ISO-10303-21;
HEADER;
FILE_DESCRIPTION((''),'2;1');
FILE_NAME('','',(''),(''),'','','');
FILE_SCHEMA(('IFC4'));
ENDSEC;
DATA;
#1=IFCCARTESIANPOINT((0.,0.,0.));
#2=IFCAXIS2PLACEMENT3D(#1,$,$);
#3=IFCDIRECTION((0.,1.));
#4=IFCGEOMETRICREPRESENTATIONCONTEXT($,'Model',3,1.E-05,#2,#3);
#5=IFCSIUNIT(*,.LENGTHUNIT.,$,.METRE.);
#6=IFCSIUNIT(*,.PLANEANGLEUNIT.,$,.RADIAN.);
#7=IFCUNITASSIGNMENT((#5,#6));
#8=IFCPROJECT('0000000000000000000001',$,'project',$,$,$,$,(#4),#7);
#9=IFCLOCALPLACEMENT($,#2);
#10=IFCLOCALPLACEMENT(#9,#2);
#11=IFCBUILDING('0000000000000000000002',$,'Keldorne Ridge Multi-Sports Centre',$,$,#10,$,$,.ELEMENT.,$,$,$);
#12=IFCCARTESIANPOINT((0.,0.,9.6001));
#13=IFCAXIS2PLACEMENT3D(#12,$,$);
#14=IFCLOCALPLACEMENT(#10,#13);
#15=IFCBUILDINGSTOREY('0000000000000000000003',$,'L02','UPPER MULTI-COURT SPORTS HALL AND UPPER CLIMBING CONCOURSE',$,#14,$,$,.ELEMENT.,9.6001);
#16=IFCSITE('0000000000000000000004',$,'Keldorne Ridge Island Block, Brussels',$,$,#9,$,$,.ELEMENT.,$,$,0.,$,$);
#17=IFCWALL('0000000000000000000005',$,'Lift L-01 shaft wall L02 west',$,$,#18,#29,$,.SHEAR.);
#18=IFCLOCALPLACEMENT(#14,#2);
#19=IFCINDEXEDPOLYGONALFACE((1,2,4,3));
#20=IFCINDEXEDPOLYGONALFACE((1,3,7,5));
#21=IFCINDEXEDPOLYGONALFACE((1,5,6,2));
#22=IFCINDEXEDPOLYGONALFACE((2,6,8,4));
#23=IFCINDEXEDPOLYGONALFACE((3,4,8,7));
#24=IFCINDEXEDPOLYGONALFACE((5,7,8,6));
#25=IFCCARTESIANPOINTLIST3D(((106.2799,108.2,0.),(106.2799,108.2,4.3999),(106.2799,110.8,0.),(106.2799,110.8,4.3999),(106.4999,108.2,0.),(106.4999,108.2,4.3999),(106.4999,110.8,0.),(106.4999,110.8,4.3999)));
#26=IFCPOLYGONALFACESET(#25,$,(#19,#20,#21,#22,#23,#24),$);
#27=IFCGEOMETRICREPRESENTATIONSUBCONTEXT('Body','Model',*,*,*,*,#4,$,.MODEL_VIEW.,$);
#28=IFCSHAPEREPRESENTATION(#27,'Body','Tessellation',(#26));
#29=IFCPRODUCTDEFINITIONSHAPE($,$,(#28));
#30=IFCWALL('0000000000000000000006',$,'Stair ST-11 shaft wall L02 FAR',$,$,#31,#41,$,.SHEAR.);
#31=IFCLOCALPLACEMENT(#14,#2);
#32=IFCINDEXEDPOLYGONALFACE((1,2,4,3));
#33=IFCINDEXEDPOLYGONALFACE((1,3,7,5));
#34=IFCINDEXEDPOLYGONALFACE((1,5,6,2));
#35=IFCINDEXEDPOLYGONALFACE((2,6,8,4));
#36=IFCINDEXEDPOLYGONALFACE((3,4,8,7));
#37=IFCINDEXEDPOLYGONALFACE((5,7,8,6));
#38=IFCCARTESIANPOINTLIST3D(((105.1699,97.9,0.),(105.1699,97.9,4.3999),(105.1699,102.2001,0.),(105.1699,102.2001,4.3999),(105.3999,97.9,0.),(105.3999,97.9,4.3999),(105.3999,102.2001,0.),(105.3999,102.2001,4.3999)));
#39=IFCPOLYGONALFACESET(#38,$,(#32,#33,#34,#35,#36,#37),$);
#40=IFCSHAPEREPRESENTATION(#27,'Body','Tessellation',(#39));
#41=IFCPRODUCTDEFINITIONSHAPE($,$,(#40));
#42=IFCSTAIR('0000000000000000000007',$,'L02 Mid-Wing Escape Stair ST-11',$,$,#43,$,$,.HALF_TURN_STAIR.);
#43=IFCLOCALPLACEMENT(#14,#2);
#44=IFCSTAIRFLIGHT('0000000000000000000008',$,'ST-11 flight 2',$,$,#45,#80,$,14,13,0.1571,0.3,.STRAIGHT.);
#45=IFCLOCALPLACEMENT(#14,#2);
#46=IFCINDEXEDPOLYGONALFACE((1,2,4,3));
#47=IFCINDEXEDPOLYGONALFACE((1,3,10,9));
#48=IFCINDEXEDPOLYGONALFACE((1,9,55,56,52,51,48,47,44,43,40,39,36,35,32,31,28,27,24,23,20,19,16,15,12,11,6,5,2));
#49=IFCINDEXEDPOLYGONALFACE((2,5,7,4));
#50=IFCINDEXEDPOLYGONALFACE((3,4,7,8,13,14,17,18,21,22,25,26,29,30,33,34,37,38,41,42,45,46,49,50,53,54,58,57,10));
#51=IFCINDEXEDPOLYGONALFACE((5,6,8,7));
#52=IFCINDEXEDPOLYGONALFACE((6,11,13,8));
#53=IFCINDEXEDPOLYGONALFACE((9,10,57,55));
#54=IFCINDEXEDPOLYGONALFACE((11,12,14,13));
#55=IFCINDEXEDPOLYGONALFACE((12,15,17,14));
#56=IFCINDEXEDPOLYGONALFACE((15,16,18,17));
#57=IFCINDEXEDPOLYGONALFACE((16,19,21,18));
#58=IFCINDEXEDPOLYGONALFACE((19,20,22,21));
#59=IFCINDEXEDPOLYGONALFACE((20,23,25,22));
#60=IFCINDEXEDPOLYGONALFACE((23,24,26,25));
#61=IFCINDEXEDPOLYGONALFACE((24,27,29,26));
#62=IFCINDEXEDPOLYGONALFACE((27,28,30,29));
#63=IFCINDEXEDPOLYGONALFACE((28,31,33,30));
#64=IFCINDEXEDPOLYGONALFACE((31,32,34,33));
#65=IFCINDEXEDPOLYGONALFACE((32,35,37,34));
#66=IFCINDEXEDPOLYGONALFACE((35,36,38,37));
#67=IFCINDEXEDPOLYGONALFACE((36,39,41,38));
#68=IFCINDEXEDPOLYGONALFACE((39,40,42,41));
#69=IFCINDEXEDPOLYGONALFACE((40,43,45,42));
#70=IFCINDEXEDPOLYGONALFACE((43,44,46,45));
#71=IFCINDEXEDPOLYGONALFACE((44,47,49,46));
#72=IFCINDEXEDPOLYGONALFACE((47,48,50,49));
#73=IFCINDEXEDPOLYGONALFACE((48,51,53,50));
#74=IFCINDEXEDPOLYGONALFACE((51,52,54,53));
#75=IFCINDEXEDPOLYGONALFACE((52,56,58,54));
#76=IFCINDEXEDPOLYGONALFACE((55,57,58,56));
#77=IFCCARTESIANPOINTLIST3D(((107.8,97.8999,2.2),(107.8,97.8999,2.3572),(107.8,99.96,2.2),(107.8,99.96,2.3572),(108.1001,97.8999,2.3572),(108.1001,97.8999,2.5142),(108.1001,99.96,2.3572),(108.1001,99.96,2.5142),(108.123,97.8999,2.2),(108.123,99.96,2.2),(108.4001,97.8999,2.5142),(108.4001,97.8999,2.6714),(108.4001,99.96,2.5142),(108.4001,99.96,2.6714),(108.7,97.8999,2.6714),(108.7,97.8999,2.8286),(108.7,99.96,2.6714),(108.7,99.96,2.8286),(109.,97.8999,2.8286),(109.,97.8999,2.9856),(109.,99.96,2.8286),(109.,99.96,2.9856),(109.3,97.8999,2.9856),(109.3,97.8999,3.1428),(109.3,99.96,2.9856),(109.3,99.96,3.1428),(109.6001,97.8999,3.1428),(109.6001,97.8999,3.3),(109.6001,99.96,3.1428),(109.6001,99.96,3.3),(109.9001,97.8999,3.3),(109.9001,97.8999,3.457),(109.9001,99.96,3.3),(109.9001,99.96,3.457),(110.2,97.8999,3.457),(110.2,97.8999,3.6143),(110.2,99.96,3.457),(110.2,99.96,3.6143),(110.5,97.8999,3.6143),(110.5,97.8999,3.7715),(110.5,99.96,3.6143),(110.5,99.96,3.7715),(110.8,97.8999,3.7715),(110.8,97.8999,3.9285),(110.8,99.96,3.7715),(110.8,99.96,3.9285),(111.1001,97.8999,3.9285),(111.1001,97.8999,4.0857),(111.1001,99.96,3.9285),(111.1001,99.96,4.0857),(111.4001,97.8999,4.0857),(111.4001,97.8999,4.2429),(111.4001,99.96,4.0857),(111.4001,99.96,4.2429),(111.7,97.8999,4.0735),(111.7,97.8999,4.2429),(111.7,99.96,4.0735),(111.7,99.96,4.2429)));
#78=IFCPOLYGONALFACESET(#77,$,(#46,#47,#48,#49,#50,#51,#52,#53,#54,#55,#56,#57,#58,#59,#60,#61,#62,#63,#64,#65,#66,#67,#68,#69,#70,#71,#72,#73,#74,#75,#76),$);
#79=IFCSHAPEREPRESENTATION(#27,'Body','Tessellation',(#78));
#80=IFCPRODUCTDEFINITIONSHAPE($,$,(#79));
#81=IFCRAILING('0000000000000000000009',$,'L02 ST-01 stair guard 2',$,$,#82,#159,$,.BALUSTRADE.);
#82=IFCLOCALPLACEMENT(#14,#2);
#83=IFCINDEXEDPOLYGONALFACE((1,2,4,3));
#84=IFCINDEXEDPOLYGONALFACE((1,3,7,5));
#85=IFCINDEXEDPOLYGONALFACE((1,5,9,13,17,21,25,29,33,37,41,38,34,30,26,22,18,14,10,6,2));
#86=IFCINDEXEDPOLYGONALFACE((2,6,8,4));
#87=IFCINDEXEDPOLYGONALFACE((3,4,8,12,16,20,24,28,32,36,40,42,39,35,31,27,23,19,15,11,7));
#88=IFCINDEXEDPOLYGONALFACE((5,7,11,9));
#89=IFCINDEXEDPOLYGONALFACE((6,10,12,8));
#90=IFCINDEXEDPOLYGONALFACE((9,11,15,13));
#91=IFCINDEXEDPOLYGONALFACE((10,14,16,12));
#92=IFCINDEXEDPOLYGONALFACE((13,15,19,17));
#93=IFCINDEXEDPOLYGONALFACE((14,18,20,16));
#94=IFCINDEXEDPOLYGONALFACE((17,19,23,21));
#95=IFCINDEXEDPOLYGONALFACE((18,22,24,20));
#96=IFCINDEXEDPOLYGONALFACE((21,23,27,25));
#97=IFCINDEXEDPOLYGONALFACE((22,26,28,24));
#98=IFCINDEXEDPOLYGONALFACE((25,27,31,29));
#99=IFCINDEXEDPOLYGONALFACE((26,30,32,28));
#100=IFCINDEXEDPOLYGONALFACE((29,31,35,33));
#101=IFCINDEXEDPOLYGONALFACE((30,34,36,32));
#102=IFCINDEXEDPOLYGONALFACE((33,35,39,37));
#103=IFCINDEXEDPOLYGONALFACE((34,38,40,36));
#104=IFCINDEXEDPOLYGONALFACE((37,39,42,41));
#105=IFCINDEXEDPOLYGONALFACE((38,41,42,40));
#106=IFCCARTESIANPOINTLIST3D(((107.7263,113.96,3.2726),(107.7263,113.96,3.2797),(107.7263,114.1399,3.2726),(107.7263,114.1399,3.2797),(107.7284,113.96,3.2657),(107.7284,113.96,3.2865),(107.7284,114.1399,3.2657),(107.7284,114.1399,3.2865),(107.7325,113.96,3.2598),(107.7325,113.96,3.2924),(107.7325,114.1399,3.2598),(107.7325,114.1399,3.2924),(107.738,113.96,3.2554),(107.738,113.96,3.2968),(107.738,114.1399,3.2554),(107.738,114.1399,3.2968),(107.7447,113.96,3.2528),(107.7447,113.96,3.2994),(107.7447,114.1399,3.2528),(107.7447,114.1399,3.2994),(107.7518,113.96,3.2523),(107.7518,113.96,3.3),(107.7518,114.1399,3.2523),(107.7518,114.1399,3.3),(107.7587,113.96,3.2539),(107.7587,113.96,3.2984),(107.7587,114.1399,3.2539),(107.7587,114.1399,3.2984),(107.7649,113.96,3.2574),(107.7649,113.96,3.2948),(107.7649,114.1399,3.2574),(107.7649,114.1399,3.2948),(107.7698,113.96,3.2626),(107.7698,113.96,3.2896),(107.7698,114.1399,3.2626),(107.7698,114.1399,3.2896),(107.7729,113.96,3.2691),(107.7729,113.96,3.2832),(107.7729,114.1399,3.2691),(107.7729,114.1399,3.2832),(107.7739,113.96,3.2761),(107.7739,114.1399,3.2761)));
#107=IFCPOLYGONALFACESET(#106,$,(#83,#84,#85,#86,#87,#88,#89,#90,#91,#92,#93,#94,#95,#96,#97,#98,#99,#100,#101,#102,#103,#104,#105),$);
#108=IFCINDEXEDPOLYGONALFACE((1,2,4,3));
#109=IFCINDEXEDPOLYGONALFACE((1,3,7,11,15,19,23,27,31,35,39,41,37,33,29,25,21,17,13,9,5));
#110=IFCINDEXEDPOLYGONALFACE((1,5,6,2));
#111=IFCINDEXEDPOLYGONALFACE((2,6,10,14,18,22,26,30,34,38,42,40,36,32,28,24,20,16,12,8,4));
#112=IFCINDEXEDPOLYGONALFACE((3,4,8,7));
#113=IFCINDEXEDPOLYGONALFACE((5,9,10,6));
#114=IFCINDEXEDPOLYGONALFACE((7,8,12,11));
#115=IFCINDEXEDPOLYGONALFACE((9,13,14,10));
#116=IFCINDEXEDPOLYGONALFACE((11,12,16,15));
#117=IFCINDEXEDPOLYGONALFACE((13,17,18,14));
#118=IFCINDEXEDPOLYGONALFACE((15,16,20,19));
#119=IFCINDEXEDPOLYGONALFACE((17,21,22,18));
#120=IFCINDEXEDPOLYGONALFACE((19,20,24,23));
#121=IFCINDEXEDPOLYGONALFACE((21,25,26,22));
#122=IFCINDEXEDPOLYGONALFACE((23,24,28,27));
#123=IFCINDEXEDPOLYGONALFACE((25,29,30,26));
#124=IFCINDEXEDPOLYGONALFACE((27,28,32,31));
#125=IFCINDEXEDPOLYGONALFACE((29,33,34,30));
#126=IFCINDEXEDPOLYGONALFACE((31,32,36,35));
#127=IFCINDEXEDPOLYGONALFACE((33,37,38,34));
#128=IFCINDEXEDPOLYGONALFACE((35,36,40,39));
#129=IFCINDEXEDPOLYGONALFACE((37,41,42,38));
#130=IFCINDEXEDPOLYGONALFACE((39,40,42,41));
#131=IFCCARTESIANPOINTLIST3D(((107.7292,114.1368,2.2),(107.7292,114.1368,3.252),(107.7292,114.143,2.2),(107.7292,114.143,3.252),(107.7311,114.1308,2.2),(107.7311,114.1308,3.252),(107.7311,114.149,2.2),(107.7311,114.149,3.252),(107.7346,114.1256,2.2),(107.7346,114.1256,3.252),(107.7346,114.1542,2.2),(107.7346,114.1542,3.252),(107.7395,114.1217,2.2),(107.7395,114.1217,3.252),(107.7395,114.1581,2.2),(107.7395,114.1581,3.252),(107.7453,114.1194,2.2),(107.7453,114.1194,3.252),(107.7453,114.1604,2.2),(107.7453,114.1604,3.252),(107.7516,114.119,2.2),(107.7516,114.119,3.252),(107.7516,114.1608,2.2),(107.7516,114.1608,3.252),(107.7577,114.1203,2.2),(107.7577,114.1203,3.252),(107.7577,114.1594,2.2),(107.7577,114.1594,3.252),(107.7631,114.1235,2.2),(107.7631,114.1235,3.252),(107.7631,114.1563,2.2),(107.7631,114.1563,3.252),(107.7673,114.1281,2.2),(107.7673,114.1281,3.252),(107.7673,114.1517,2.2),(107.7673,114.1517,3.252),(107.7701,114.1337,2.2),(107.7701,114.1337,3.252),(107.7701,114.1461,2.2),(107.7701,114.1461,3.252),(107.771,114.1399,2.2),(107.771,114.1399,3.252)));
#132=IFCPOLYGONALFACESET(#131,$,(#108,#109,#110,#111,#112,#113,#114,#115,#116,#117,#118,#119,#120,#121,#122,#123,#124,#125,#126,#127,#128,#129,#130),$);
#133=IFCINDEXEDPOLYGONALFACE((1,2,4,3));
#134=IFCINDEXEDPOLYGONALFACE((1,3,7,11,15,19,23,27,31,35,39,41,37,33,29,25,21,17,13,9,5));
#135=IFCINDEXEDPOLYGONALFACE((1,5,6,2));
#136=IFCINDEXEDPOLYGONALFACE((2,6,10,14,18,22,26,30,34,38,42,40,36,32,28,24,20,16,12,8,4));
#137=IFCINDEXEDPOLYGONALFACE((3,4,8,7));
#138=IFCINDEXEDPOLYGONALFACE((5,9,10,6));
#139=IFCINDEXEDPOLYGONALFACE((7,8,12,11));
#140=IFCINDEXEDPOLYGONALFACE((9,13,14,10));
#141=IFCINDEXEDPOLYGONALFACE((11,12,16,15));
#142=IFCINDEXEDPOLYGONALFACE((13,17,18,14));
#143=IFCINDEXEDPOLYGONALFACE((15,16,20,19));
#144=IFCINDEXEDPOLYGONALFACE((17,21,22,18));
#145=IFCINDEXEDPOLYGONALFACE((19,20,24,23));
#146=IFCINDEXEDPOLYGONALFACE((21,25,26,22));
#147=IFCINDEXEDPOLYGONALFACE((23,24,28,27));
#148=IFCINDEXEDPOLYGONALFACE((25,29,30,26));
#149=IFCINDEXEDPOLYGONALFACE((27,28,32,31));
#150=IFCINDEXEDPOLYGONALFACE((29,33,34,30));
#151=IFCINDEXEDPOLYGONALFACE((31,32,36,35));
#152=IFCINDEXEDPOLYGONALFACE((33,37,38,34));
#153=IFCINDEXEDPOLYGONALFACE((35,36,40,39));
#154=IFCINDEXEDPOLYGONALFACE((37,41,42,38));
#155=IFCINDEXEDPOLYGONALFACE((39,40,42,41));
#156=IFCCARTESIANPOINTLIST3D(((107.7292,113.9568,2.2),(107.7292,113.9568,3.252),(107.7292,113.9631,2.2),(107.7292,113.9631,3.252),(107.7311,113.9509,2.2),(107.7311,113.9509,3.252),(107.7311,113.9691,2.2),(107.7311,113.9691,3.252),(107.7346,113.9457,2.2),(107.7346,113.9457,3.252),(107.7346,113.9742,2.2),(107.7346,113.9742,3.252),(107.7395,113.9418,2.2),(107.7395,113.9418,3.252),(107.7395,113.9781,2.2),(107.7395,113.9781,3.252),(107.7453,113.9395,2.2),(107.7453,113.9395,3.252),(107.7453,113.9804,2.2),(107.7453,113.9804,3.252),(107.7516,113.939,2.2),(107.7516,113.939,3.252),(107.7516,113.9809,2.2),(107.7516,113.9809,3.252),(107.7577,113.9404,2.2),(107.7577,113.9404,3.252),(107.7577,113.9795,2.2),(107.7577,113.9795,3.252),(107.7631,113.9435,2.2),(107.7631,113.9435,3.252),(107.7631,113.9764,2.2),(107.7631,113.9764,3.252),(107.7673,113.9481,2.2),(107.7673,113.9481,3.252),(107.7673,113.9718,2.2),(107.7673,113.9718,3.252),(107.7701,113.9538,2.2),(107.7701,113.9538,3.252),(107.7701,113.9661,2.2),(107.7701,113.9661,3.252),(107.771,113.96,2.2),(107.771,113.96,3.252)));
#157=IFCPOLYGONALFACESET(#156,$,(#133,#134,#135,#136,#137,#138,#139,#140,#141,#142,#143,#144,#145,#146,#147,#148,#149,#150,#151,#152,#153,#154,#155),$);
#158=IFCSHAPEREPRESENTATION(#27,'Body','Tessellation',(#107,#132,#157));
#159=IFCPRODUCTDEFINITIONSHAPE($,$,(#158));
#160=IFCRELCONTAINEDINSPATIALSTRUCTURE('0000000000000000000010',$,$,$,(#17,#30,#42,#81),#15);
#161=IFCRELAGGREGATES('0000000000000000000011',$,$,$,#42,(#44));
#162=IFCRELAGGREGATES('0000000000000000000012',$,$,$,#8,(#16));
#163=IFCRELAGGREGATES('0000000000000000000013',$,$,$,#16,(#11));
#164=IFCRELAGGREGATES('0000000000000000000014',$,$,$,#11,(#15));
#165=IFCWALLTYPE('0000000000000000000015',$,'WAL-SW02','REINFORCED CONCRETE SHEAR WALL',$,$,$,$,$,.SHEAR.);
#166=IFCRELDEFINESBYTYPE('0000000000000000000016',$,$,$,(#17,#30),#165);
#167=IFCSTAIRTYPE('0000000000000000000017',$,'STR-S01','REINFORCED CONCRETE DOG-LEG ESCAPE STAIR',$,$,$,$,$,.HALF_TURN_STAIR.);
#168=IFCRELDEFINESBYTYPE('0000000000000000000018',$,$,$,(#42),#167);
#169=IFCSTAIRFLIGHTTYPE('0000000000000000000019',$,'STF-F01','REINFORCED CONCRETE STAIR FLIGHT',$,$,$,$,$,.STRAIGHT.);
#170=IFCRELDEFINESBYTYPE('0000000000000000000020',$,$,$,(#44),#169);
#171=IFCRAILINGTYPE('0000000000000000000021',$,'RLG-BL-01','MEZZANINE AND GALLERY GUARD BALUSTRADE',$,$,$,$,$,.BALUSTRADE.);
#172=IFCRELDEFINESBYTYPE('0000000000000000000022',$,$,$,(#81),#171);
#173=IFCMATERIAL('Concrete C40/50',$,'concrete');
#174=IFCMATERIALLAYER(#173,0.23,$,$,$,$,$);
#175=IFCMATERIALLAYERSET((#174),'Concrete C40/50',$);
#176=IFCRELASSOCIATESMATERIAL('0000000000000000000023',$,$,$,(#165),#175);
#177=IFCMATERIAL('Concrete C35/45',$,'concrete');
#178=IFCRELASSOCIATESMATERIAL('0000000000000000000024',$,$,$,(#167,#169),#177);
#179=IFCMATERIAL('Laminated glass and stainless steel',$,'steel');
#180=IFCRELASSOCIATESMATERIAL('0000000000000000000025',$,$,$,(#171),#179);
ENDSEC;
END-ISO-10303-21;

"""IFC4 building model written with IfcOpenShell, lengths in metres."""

from ifc_helpers import new_model, si_unit, direction, frame, frame_2d, origin, origin_2d, place, context, subcontext, project, spatial, polyline, rectangle, circle, outline, extrude, material, layer, layer_set, type_object, element, aggregate, save


model = new_model("IFC4")

# Units and contexts
model_context = context("Model", 3, precision=1e-05, world=origin(), true_north=direction((0.0, 1.0)))
body_context = subcontext(model_context, "Body", "Model", "MODEL_VIEW")
ifc_project = project(units=[si_unit("LENGTHUNIT", "METRE"), si_unit("PLANEANGLEUNIT", "RADIAN")], contexts=[model_context])

# Site, building, storey
site_placement = place(None, origin())
site = spatial("IfcSite", under=ifc_project, at=site_placement, Name="Keldorne Ridge Island Block, Brussels", CompositionType="ELEMENT", RefElevation=0.0)
building_placement = place(site_placement, origin())
building = spatial("IfcBuilding", under=site, at=building_placement, Name="Keldorne Ridge Multi-Sports Centre", CompositionType="ELEMENT")
storey_placement = place(building_placement, frame((0.0, 0.0, 9.6001)))
storey = spatial("IfcBuildingStorey", under=building, at=storey_placement, Name="L02", Description="UPPER MULTI-COURT SPORTS HALL AND UPPER CLIMBING CONCOURSE", CompositionType="ELEMENT", Elevation=9.6001)

# Shared definitions
ifc_material_1 = material(Name="Concrete C40/50", Category="concrete")

# Shared definitions
ifc_layer_1 = layer(ifc_material_1, 0.23)
ifc_layer_set_1 = layer_set([ifc_layer_1], Name="Concrete C40/50")
wall_type_1 = type_object("IfcWallType", Name="WAL-SW02", Description="REINFORCED CONCRETE SHEAR WALL", PredefinedType="SHEAR", material=ifc_layer_set_1)

# Walls
wall_1_placement = place(storey_placement, frame((106.3899, 110.8, 0.0), z_axis=(0.0, 0.0, 1.0), x_axis=(0.0, -1.0, 0.0)))
element("IfcWall", 1, at=wall_1_placement, inside=storey, type_object=wall_type_1, Name="Lift L-01 shaft wall L02 west", PredefinedType="SHEAR", context=body_context, shape_type="SweptSolid", body=[
    extrude(rectangle(XDim=2.6001, YDim=0.22, at=frame_2d((1.3, 0.0))), origin(), (0.0, 0.0, 1.0), 4.3999),
])
wall_2_placement = place(storey_placement, frame((105.2849, 102.2, 0.0), z_axis=(0.0, 0.0, 1.0), x_axis=(0.0, -1.0, 0.0)))
element("IfcWall", 2, at=wall_2_placement, inside=storey, type_object=wall_type_1, Name="Stair ST-11 shaft wall L02 FAR", PredefinedType="SHEAR", context=body_context, shape_type="SweptSolid", body=[
    extrude(rectangle(XDim=4.3, YDim=0.23, at=frame_2d((2.1499, 0.0))), origin(), (0.0, 0.0, 1.0), 4.3999),
])

# Stair, stair flight
ifc_material_2 = material(Name="Concrete C35/45", Category="concrete")
stair_type = type_object("IfcStairType", Name="STR-S01", Description="REINFORCED CONCRETE DOG-LEG ESCAPE STAIR", PredefinedType="HALF_TURN_STAIR", material=ifc_material_2)
stair_placement = place(storey_placement, origin())
stair = element("IfcStair", 3, at=stair_placement, inside=storey, type_object=stair_type, Name="L02 Mid-Wing Escape Stair ST-11", PredefinedType="HALF_TURN_STAIR")
stair_flight_type = type_object("IfcStairFlightType", Name="STF-F01", Description="REINFORCED CONCRETE STAIR FLIGHT", PredefinedType="STRAIGHT", material=ifc_material_2)
stair_flight_placement = place(storey_placement, frame((107.8, 98.9299, 2.2), z_axis=(0.0, 0.0, 1.0), x_axis=(1.0, 0.0, 0.0)))
stair_flight = element("IfcStairFlight", 4, at=stair_flight_placement, type_object=stair_flight_type, Name="ST-11 flight 2", NumberOfRisers=14, NumberOfTreads=13, PredefinedType="STRAIGHT", RiserHeight=0.1571, TreadLength=0.3, context=body_context, shape_type="SweptSolid", body=[
    extrude(outline(polyline([(0.0, 0.0), (0.0, 0.1572), (0.3, 0.1572), (0.3, 0.3142), (0.6001, 0.3142), (0.6001, 0.4714), (0.8999, 0.4714), (0.8999, 0.6287), (1.2, 0.6287), (1.2, 0.7856), (1.5, 0.7856), (1.5, 0.9429), (1.8, 0.9429), (1.8, 1.1001), (2.1001, 1.1001), (2.1001, 1.2571), (2.3999, 1.2571), (2.3999, 1.4143), (2.7, 1.4143), (2.7, 1.5715), (3.0, 1.5715), (3.0, 1.7285), (3.3, 1.7285), (3.3, 1.8857), (3.6001, 1.8857), (3.6001, 2.043), (3.8999, 2.043), (3.8999, 2.2), (3.8999, 1.8735), (0.323, 0.0), (0.0, 0.0)])), frame((0.0, 1.03, 0.0), z_axis=(0.0, -1.0, 0.0), x_axis=(1.0, 0.0, 0.0)), (0.0, 0.0, 1.0), 2.0601),
])
aggregate(stair, [stair_flight])

# Railing
ifc_material_3 = material(Name="Laminated glass and stainless steel", Category="steel")
railing_type = type_object("IfcRailingType", Name="RLG-BL-01", Description="MEZZANINE AND GALLERY GUARD BALUSTRADE", PredefinedType="BALUSTRADE", material=ifc_material_3)
for number, where, name in (
    (5, (107.75, 114.1399, 2.2), "L02 ST-01 stair guard 2"),
):
    element("IfcRailing", number, at=place(storey_placement, frame(where)), inside=storey, type_object=railing_type, Name=name, PredefinedType="BALUSTRADE", context=body_context, shape_type="SweptSolid", body=[
        extrude(circle(Radius=0.0239, at=origin_2d()), frame((0.0, 0.0, 1.0762), z_axis=(0.0, -1.0, 0.0), x_axis=(1.0, 0.0, 0.0)), (0.0, 0.0, 1.0), 0.1799),
        extrude(circle(Radius=0.021, at=origin_2d()), origin(), (0.0, 0.0, 1.0), 1.052),
        extrude(circle(Radius=0.021, at=origin_2d()), frame((0.0, -0.1799, 0.0)), (0.0, 0.0, 1.0), 1.052),
    ])

save(model, "model.ifc")
